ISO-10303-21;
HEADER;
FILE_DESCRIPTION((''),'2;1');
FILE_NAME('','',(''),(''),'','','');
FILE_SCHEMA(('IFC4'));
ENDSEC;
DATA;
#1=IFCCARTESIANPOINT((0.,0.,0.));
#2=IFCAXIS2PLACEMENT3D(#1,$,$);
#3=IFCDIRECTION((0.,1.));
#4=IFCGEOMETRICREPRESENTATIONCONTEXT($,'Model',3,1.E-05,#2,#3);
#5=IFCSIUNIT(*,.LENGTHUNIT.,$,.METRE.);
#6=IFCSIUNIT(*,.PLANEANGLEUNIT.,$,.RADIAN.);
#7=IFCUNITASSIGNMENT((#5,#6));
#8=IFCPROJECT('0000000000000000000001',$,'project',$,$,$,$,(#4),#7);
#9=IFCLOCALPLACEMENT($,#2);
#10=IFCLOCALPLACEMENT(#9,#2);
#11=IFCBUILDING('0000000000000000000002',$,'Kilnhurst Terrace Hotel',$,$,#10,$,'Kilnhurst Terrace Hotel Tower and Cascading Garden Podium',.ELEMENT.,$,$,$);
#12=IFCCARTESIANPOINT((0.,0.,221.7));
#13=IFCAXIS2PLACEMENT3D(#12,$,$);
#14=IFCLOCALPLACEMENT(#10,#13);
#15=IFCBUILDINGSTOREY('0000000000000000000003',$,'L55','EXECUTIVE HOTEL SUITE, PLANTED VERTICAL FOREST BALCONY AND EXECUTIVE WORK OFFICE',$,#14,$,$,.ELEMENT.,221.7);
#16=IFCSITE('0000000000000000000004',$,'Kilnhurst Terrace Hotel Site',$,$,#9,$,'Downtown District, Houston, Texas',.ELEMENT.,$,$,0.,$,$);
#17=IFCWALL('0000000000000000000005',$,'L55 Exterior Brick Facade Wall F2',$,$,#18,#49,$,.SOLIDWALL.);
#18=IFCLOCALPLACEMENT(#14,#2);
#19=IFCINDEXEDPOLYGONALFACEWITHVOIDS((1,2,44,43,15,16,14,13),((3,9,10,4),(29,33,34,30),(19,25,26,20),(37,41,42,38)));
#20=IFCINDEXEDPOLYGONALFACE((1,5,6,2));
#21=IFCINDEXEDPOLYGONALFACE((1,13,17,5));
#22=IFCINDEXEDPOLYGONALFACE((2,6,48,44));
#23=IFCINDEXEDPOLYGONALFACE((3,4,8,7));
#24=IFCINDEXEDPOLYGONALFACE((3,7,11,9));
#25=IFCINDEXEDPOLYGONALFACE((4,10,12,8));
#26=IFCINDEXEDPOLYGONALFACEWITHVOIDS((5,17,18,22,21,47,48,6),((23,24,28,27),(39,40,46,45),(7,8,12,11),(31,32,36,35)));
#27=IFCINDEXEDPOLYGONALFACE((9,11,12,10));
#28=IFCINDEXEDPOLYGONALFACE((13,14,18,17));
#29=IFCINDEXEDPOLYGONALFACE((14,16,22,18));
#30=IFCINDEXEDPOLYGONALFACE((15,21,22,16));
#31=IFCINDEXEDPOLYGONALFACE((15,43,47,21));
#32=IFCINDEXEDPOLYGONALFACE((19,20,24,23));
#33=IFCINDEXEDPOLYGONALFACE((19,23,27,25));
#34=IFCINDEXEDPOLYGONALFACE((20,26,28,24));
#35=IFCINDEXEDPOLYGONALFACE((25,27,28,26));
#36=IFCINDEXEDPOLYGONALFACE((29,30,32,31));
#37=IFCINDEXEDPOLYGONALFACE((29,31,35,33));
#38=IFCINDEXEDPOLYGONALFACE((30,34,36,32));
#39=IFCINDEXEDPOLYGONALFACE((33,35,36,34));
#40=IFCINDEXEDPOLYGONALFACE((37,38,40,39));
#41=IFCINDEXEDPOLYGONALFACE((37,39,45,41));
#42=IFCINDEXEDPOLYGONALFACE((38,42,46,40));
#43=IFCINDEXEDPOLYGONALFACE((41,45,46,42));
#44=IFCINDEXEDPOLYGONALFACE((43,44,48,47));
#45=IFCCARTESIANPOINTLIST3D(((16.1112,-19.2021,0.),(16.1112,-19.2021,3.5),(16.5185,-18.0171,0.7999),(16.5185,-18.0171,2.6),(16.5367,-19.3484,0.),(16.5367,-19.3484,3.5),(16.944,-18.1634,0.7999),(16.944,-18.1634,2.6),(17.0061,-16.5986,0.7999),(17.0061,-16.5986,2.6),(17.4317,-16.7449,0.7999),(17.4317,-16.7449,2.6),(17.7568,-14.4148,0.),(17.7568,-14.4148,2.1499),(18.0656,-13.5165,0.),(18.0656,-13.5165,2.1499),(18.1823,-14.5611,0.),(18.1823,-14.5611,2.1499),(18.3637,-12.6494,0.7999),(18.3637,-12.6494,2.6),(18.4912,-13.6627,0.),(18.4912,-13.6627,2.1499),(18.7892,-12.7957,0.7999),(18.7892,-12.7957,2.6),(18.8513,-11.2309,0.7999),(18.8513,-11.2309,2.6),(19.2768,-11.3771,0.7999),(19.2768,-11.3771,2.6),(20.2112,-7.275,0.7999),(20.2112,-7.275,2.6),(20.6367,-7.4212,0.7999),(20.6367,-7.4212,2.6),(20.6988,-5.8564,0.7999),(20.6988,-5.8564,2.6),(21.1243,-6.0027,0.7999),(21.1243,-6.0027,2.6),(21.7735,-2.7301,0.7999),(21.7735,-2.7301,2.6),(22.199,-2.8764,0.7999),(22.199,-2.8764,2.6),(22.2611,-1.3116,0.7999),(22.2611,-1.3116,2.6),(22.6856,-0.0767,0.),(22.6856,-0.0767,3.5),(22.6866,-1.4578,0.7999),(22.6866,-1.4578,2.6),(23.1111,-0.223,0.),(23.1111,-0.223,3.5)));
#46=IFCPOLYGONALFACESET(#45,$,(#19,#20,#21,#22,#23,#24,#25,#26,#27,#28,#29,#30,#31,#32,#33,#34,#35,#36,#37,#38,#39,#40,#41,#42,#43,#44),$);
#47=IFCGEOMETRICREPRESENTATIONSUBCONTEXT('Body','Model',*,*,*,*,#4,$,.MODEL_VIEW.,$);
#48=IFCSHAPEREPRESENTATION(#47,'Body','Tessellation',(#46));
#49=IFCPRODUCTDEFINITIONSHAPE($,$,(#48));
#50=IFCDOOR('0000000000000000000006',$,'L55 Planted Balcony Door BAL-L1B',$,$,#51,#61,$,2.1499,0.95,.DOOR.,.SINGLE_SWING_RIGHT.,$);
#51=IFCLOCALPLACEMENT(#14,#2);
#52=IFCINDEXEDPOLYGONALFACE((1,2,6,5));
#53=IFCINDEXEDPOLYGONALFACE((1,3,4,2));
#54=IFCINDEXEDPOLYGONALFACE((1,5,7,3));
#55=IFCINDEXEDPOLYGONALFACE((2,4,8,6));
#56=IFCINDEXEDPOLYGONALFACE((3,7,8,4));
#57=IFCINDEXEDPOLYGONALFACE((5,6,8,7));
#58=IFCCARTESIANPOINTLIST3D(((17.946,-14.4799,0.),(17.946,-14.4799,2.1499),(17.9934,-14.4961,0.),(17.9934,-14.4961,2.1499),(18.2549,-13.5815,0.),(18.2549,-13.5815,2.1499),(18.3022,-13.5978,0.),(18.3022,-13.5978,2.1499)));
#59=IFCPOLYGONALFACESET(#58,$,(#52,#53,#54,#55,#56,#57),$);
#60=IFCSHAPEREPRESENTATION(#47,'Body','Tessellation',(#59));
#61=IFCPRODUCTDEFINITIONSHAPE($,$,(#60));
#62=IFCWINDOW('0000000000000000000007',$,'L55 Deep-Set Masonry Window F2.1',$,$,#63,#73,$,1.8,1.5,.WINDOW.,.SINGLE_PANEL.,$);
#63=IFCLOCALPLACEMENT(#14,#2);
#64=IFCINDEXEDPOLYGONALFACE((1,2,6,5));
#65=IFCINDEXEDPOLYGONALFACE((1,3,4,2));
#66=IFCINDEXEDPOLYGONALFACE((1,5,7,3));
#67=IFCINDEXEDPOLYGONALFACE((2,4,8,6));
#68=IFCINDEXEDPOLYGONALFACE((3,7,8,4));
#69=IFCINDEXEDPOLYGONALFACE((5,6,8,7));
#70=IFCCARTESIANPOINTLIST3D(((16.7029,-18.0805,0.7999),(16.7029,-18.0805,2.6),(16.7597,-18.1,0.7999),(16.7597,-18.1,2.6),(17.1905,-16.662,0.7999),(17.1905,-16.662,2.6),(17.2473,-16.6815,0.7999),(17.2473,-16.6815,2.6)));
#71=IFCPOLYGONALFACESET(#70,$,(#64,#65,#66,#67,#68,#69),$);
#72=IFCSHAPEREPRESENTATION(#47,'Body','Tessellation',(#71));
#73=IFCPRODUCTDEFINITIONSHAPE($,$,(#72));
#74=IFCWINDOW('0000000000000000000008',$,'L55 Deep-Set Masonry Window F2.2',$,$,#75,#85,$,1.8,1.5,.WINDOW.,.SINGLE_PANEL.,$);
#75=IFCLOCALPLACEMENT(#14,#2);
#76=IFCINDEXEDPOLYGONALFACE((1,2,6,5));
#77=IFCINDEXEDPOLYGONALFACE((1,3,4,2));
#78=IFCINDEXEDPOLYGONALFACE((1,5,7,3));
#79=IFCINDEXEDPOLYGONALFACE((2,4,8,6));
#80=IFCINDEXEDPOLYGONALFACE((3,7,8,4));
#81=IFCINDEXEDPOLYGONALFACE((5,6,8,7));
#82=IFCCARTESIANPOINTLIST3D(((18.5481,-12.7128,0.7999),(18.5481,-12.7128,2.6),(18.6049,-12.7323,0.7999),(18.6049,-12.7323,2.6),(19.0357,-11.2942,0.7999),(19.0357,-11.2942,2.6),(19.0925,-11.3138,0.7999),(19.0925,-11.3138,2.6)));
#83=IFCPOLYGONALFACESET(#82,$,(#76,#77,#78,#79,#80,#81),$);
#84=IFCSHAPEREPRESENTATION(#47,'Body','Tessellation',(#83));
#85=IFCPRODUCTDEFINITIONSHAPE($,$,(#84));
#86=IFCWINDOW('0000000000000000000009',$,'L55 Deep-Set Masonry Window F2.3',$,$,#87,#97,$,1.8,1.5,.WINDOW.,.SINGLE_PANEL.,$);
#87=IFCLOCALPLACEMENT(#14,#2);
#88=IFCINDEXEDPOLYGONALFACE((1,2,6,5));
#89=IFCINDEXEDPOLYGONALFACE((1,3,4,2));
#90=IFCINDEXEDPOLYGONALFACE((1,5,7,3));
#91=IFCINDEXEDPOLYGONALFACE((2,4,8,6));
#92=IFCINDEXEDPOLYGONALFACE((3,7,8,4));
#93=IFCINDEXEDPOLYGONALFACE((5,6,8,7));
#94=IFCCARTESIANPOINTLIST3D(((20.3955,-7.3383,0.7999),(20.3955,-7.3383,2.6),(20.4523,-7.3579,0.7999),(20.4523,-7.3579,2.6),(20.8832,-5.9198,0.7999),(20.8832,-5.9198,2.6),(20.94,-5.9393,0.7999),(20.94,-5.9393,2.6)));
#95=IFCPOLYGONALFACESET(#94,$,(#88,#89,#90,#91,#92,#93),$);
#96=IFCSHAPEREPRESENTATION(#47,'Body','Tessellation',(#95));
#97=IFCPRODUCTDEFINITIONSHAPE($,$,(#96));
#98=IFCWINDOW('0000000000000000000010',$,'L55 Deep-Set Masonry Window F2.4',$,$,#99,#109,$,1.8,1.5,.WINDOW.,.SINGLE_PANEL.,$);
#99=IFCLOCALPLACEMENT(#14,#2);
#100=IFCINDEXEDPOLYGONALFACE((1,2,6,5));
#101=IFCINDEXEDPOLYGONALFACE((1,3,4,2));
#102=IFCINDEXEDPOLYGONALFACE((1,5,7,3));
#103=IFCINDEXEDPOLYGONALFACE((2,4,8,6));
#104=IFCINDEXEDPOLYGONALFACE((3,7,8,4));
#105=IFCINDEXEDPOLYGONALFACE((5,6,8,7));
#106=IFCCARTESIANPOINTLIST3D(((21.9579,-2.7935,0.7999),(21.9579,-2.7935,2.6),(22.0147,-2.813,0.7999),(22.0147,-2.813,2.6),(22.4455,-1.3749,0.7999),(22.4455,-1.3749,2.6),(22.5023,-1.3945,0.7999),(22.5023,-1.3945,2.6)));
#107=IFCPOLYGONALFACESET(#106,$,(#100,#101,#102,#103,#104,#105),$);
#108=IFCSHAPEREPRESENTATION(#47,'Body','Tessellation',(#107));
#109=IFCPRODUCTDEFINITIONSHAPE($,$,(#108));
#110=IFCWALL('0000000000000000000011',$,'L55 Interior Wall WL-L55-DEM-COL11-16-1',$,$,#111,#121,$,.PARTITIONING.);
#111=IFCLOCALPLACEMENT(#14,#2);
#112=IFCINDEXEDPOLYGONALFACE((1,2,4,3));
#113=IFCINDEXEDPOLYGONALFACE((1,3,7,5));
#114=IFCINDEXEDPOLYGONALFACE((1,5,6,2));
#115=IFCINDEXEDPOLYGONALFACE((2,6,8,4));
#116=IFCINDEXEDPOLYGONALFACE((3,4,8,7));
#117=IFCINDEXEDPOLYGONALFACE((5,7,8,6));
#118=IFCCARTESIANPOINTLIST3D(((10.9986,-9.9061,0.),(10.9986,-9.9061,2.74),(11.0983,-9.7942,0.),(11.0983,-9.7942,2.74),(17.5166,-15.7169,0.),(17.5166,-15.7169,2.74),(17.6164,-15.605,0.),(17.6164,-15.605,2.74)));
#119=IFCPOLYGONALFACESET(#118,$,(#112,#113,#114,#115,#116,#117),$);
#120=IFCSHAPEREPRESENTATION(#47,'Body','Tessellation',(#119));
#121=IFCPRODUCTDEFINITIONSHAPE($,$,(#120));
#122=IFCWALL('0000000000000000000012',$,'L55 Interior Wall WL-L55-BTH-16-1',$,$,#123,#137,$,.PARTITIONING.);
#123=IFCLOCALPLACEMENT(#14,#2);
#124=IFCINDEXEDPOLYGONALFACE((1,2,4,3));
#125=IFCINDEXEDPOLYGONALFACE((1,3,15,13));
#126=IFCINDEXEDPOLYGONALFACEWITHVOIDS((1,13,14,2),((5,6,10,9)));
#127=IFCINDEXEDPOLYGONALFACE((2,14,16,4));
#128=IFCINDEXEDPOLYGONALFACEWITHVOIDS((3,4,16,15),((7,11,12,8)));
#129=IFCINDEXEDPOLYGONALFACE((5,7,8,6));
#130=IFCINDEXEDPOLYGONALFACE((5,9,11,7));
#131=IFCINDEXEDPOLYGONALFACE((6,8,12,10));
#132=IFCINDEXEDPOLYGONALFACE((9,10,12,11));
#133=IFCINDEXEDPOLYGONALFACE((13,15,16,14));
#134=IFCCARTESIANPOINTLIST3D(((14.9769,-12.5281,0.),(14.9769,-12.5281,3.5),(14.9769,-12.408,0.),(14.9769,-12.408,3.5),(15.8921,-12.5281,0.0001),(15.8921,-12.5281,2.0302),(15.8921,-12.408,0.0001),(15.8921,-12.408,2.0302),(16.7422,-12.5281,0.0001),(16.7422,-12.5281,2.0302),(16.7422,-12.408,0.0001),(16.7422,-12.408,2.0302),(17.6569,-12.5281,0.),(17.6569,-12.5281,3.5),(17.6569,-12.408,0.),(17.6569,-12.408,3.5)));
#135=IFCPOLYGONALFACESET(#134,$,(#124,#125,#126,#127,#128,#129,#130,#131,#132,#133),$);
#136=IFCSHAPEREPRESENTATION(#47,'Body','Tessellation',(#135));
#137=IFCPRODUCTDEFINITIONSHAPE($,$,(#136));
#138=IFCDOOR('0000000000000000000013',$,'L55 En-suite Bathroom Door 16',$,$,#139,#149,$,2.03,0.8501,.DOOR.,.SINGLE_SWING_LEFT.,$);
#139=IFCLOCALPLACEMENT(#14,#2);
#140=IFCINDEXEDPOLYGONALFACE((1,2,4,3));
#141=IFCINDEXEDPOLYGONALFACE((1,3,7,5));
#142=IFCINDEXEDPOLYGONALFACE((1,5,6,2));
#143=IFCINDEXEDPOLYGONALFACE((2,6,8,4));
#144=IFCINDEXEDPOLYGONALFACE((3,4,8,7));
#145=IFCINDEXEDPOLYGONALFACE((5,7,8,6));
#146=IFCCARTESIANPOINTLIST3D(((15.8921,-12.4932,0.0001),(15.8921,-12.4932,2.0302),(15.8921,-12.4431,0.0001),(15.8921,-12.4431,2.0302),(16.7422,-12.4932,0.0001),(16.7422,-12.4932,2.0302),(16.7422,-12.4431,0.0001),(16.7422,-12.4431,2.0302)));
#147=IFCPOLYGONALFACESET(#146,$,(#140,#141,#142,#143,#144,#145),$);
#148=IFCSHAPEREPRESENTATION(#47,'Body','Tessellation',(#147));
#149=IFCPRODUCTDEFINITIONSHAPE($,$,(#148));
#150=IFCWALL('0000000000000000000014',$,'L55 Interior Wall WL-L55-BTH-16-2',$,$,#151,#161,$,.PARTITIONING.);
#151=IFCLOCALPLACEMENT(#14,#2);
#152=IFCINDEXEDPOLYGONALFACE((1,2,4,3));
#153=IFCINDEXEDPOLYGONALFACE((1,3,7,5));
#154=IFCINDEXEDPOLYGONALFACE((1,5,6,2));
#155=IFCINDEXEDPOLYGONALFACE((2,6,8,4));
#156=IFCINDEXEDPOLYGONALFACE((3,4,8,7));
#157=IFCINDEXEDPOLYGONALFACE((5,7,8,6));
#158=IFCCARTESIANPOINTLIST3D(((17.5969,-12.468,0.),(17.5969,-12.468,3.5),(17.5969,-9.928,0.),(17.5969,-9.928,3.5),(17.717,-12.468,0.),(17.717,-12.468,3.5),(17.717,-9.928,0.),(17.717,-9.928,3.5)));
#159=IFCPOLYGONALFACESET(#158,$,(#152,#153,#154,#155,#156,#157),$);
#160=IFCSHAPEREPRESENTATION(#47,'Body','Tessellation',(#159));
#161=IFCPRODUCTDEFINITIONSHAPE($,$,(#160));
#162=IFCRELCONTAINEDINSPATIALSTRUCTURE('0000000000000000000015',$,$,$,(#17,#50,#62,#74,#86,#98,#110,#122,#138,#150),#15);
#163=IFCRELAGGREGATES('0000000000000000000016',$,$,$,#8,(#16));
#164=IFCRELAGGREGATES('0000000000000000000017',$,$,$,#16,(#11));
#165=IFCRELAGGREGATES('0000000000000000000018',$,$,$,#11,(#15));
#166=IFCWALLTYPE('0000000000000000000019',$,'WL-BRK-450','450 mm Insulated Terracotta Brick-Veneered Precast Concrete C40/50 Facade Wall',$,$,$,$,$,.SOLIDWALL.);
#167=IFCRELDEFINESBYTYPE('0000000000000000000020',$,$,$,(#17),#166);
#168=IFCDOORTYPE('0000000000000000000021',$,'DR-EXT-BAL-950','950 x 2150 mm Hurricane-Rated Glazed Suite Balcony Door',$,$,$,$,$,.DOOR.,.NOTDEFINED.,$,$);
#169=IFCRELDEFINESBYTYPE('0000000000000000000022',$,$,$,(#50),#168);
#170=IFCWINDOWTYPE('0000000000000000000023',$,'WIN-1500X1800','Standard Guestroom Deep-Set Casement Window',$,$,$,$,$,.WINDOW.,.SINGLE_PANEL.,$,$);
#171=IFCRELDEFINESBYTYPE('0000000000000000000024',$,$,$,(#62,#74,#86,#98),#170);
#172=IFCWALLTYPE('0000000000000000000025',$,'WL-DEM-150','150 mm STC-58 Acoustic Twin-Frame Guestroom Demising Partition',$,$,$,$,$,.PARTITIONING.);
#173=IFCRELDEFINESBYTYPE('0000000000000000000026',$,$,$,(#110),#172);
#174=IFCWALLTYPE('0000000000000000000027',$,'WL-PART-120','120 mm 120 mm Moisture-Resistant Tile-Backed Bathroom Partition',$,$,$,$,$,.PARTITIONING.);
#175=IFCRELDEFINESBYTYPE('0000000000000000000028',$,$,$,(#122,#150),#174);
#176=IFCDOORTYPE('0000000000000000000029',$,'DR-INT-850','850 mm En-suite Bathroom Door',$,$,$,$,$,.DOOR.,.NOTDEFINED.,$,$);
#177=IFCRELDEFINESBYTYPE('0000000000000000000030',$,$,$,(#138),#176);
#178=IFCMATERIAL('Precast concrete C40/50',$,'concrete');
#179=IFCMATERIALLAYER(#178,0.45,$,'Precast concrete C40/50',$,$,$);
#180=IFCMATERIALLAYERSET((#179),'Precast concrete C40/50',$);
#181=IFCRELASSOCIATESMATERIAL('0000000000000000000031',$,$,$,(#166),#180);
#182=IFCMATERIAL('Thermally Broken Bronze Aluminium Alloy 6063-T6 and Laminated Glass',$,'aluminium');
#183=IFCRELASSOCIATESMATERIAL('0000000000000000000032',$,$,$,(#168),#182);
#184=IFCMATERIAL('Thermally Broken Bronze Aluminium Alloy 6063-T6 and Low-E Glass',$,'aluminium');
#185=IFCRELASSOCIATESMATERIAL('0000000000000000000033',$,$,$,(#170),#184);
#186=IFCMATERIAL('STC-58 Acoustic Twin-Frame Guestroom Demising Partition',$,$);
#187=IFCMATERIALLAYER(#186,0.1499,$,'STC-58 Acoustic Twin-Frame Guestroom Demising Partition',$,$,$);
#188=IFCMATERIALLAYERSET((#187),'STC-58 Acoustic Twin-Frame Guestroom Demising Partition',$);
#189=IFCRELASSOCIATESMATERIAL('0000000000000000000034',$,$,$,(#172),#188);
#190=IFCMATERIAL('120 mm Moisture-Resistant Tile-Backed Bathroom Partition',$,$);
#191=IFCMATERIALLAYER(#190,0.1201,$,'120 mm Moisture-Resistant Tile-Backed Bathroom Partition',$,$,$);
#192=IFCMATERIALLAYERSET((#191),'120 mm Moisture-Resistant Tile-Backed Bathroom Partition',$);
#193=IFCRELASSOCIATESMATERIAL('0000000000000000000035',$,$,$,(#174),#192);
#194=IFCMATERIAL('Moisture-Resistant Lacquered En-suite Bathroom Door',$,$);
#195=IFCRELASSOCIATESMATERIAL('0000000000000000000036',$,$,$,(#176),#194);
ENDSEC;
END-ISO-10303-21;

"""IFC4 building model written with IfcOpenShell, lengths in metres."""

from ifc_helpers import new_model, si_unit, direction, frame, frame_2d, origin, place, context, subcontext, project, spatial, rectangle, extrude, material, layer, layer_set, type_object, element, fill, save


model = new_model("IFC4")

# Units and contexts
model_context = context("Model", 3, precision=1e-05, world=origin(), true_north=direction((0.0, 1.0)))
body_context = subcontext(model_context, "Body", "Model", "MODEL_VIEW")
ifc_project = project(units=[si_unit("LENGTHUNIT", "METRE"), si_unit("PLANEANGLEUNIT", "RADIAN")], contexts=[model_context])

# Site, building, storey
site_placement = place(None, origin())
site = spatial("IfcSite", under=ifc_project, at=site_placement, Name="Kilnhurst Terrace Hotel Site", LongName="Downtown District, Houston, Texas", CompositionType="ELEMENT", RefElevation=0.0)
building_placement = place(site_placement, origin())
building = spatial("IfcBuilding", under=site, at=building_placement, Name="Kilnhurst Terrace Hotel", LongName="Kilnhurst Terrace Hotel Tower and Cascading Garden Podium", CompositionType="ELEMENT")
storey_placement = place(building_placement, frame((0.0, 0.0, 221.7)))
storey = spatial("IfcBuildingStorey", under=building, at=storey_placement, Name="L55", Description="EXECUTIVE HOTEL SUITE, PLANTED VERTICAL FOREST BALCONY AND EXECUTIVE WORK OFFICE", CompositionType="ELEMENT", Elevation=221.7)

# Shared definitions
ifc_material_1 = material(Name="Precast concrete C40/50", Category="concrete")
ifc_layer_1 = layer(ifc_material_1, 0.45, Name="Precast concrete C40/50")
ifc_layer_set_1 = layer_set([ifc_layer_1], Name="Precast concrete C40/50")
wall_type_1 = type_object("IfcWallType", Name="WL-BRK-450", Description="450 mm Insulated Terracotta Brick-Veneered Precast Concrete C40/50 Facade Wall", PredefinedType="SOLIDWALL", material=ifc_layer_set_1)

# Wall, openings, door, windows
wall_1_placement = place(storey_placement, frame((16.324, -19.2751, 0.0), z_axis=(0.0, 0.0, 1.0), x_axis=(0.325083, 0.945685, 0.0)))
wall_1 = element("IfcWall", 1, at=wall_1_placement, inside=storey, type_object=wall_type_1, Name="L55 Exterior Brick Facade Wall F2", PredefinedType="SOLIDWALL", context=body_context, shape_type="SweptSolid", body=[
    extrude(rectangle(XDim=20.2239, YDim=0.45, at=frame_2d((10.1118, 0.0))), origin(), (0.0, 0.0, 1.0), 3.5),
])
opening_1_placement = place(wall_1_placement, frame((5.062, 0.0, 0.0)))
opening_1 = element("IfcOpeningElement", 2, at=opening_1_placement, cuts=wall_1, PredefinedType="OPENING", context=body_context, shape_type="SweptSolid", body=[
    extrude(rectangle(XDim=0.95, YDim=2.1499, at=frame_2d((0.4751, 1.075))), frame((0.0, 0.2349, 0.0), z_axis=(0.0, -1.0, 0.0), x_axis=(1.0, 0.0, 0.0)), (0.0, 0.0, 1.0), 0.47),
])
opening_2_placement = place(wall_1_placement, frame((1.2529, 0.0, 0.8)))
opening_2 = element("IfcOpeningElement", 3, at=opening_2_placement, cuts=wall_1, PredefinedType="OPENING", context=body_context, shape_type="SweptSolid", body=[
    extrude(rectangle(XDim=1.5, YDim=1.8, at=frame_2d((0.75, 0.8999))), frame((0.0, 0.2349, 0.0), z_axis=(0.0, -1.0, 0.0), x_axis=(1.0, 0.0, 0.0)), (0.0, 0.0, 1.0), 0.47),
])
opening_3_placement = place(wall_1_placement, frame((6.929, 0.0, 0.8)))
opening_3 = element("IfcOpeningElement", 4, at=opening_3_placement, cuts=wall_1, PredefinedType="OPENING", context=body_context, shape_type="SweptSolid", body=[
    extrude(rectangle(XDim=1.5, YDim=1.8, at=frame_2d((0.75, 0.8999))), frame((0.0, 0.2349, 0.0), z_axis=(0.0, -1.0, 0.0), x_axis=(1.0, 0.0, 0.0)), (0.0, 0.0, 1.0), 0.47),
])
opening_4_placement = place(wall_1_placement, frame((12.6121, 0.0, 0.8)))
opening_4 = element("IfcOpeningElement", 5, at=opening_4_placement, cuts=wall_1, PredefinedType="OPENING", context=body_context, shape_type="SweptSolid", body=[
    extrude(rectangle(XDim=1.5, YDim=1.8, at=frame_2d((0.75, 0.8999))), frame((0.0, 0.2349, 0.0), z_axis=(0.0, -1.0, 0.0), x_axis=(1.0, 0.0, 0.0)), (0.0, 0.0, 1.0), 0.47),
])
opening_5_placement = place(wall_1_placement, frame((17.418, 0.0, 0.8)))
opening_5 = element("IfcOpeningElement", 6, at=opening_5_placement, cuts=wall_1, PredefinedType="OPENING", context=body_context, shape_type="SweptSolid", body=[
    extrude(rectangle(XDim=1.5, YDim=1.8, at=frame_2d((0.75, 0.8999))), frame((0.0, 0.2349, 0.0), z_axis=(0.0, -1.0, 0.0), x_axis=(1.0, 0.0, 0.0)), (0.0, 0.0, 1.0), 0.47),
])
ifc_material_2 = material(Name="Thermally Broken Bronze Aluminium Alloy 6063-T6 and Laminated Glass", Category="aluminium")
door_type_1 = type_object("IfcDoorType", Name="DR-EXT-BAL-950", Description="950 x 2150 mm Hurricane-Rated Glazed Suite Balcony Door", OperationType="NOTDEFINED", PredefinedType="DOOR", material=ifc_material_2)
door_1_placement = place(opening_1_placement, origin())
door_1 = element("IfcDoor", 7, at=door_1_placement, inside=storey, type_object=door_type_1, Name="L55 Planted Balcony Door BAL-L1B", OperationType="SINGLE_SWING_RIGHT", OverallHeight=2.1499, OverallWidth=0.95, PredefinedType="DOOR", context=body_context, shape_type="SweptSolid", body=[
    extrude(rectangle(XDim=0.95, YDim=2.1499, at=frame_2d((0.4751, 1.075))), frame((0.0, 0.0249, 0.0), z_axis=(0.0, -1.0, 0.0), x_axis=(1.0, 0.0, 0.0)), (0.0, 0.0, 1.0), 0.05),
])
fill(opening_1, door_1)
ifc_material_3 = material(Name="Thermally Broken Bronze Aluminium Alloy 6063-T6 and Low-E Glass", Category="aluminium")
window_type = type_object("IfcWindowType", Name="WIN-1500X1800", Description="Standard Guestroom Deep-Set Casement Window", PartitioningType="SINGLE_PANEL", PredefinedType="WINDOW", material=ifc_material_3)
window_1_placement = place(opening_2_placement, origin())
window_1 = element("IfcWindow", 8, at=window_1_placement, inside=storey, type_object=window_type, Name="L55 Deep-Set Masonry Window F2.1", OverallHeight=1.8, OverallWidth=1.5, PartitioningType="SINGLE_PANEL", PredefinedType="WINDOW", context=body_context, shape_type="SweptSolid", body=[
    extrude(rectangle(XDim=1.5, YDim=1.8, at=frame_2d((0.75, 0.8999))), frame((0.0, 0.03, 0.0), z_axis=(0.0, -1.0, 0.0), x_axis=(1.0, 0.0, 0.0)), (0.0, 0.0, 1.0), 0.0601),
])
fill(opening_2, window_1)
window_2_placement = place(opening_3_placement, origin())
window_2 = element("IfcWindow", 9, at=window_2_placement, inside=storey, type_object=window_type, Name="L55 Deep-Set Masonry Window F2.2", OverallHeight=1.8, OverallWidth=1.5, PartitioningType="SINGLE_PANEL", PredefinedType="WINDOW", context=body_context, shape_type="SweptSolid", body=[
    extrude(rectangle(XDim=1.5, YDim=1.8, at=frame_2d((0.75, 0.8999))), frame((0.0, 0.03, 0.0), z_axis=(0.0, -1.0, 0.0), x_axis=(1.0, 0.0, 0.0)), (0.0, 0.0, 1.0), 0.0601),
])
fill(opening_3, window_2)
window_3_placement = place(opening_4_placement, origin())
window_3 = element("IfcWindow", 10, at=window_3_placement, inside=storey, type_object=window_type, Name="L55 Deep-Set Masonry Window F2.3", OverallHeight=1.8, OverallWidth=1.5, PartitioningType="SINGLE_PANEL", PredefinedType="WINDOW", context=body_context, shape_type="SweptSolid", body=[
    extrude(rectangle(XDim=1.5, YDim=1.8, at=frame_2d((0.75, 0.8999))), frame((0.0, 0.03, 0.0), z_axis=(0.0, -1.0, 0.0), x_axis=(1.0, 0.0, 0.0)), (0.0, 0.0, 1.0), 0.0601),
])
fill(opening_4, window_3)
window_4_placement = place(opening_5_placement, origin())
window_4 = element("IfcWindow", 11, at=window_4_placement, inside=storey, type_object=window_type, Name="L55 Deep-Set Masonry Window F2.4", OverallHeight=1.8, OverallWidth=1.5, PartitioningType="SINGLE_PANEL", PredefinedType="WINDOW", context=body_context, shape_type="SweptSolid", body=[
    extrude(rectangle(XDim=1.5, YDim=1.8, at=frame_2d((0.75, 0.8999))), frame((0.0, 0.03, 0.0), z_axis=(0.0, -1.0, 0.0), x_axis=(1.0, 0.0, 0.0)), (0.0, 0.0, 1.0), 0.0601),
])
fill(opening_5, window_4)

# Wall
ifc_material_4 = material(Name="STC-58 Acoustic Twin-Frame Guestroom Demising Partition")
ifc_layer_2 = layer(ifc_material_4, 0.1499, Name="STC-58 Acoustic Twin-Frame Guestroom Demising Partition")
ifc_layer_set_2 = layer_set([ifc_layer_2], Name="STC-58 Acoustic Twin-Frame Guestroom Demising Partition")
wall_type_2 = type_object("IfcWallType", Name="WL-DEM-150", Description="150 mm STC-58 Acoustic Twin-Frame Guestroom Demising Partition", PredefinedType="PARTITIONING", material=ifc_layer_set_2)
wall_2_placement = place(storey_placement, frame((11.0483, -9.8501, 0.0), z_axis=(0.0, 0.0, 1.0), x_axis=(0.746444, -0.665448, 0.0)))
element("IfcWall", 12, at=wall_2_placement, inside=storey, type_object=wall_type_2, Name="L55 Interior Wall WL-L55-DEM-COL11-16-1", PredefinedType="PARTITIONING", context=body_context, shape_type="SweptSolid", body=[
    extrude(rectangle(XDim=8.7322, YDim=0.1499, at=frame_2d((4.3662, 0.0))), origin(), (0.0, 0.0, 1.0), 2.74),
])

# Wall, opening, door
ifc_material_5 = material(Name="120 mm Moisture-Resistant Tile-Backed Bathroom Partition")
ifc_layer_3 = layer(ifc_material_5, 0.1201, Name="120 mm Moisture-Resistant Tile-Backed Bathroom Partition")
ifc_layer_set_3 = layer_set([ifc_layer_3], Name="120 mm Moisture-Resistant Tile-Backed Bathroom Partition")
wall_type_3 = type_object("IfcWallType", Name="WL-PART-120", Description="120 mm 120 mm Moisture-Resistant Tile-Backed Bathroom Partition", PredefinedType="PARTITIONING", material=ifc_layer_set_3)
wall_3_placement = place(storey_placement, frame((14.9771, -12.468, 0.0), z_axis=(0.0, 0.0, 1.0), x_axis=(1.0, 0.0, 0.0)))
wall_3 = element("IfcWall", 13, at=wall_3_placement, inside=storey, type_object=wall_type_3, Name="L55 Interior Wall WL-L55-BTH-16-1", PredefinedType="PARTITIONING", context=body_context, shape_type="SweptSolid", body=[
    extrude(rectangle(XDim=2.6799, YDim=0.1201, at=frame_2d((1.3398, 0.0))), origin(), (0.0, 0.0, 1.0), 3.5),
])
opening_6_placement = place(wall_3_placement, frame((0.915, 0.0, 0.0)))
opening_6 = element("IfcOpeningElement", 14, at=opening_6_placement, cuts=wall_3, PredefinedType="OPENING", context=body_context, shape_type="SweptSolid", body=[
    extrude(rectangle(XDim=0.8501, YDim=2.03, at=frame_2d((0.425, 1.0151))), frame((0.0, 0.0701, 0.0), z_axis=(0.0, -1.0, 0.0), x_axis=(1.0, 0.0, 0.0)), (0.0, 0.0, 1.0), 0.1401),
])
ifc_material_6 = material(Name="Moisture-Resistant Lacquered En-suite Bathroom Door")
door_type_2 = type_object("IfcDoorType", Name="DR-INT-850", Description="850 mm En-suite Bathroom Door", OperationType="NOTDEFINED", PredefinedType="DOOR", material=ifc_material_6)
door_2_placement = place(opening_6_placement, origin())
door_2 = element("IfcDoor", 15, at=door_2_placement, inside=storey, type_object=door_type_2, Name="L55 En-suite Bathroom Door 16", OperationType="SINGLE_SWING_LEFT", OverallHeight=2.03, OverallWidth=0.8501, PredefinedType="DOOR", context=body_context, shape_type="SweptSolid", body=[
    extrude(rectangle(XDim=0.8501, YDim=2.03, at=frame_2d((0.425, 1.0151))), frame((0.0, 0.0249, 0.0), z_axis=(0.0, -1.0, 0.0), x_axis=(1.0, 0.0, 0.0)), (0.0, 0.0, 1.0), 0.05),
])
fill(opening_6, door_2)

# Wall
wall_4_placement = place(storey_placement, frame((17.657, -12.468, 0.0), z_axis=(0.0, 0.0, 1.0), x_axis=(0.0, 1.0, 0.0)))
element("IfcWall", 16, at=wall_4_placement, inside=storey, type_object=wall_type_3, Name="L55 Interior Wall WL-L55-BTH-16-2", PredefinedType="PARTITIONING", context=body_context, shape_type="SweptSolid", body=[
    extrude(rectangle(XDim=2.54, YDim=0.1201, at=frame_2d((1.27, 0.0))), origin(), (0.0, 0.0, 1.0), 3.5),
])

save(model, "model.ifc")
